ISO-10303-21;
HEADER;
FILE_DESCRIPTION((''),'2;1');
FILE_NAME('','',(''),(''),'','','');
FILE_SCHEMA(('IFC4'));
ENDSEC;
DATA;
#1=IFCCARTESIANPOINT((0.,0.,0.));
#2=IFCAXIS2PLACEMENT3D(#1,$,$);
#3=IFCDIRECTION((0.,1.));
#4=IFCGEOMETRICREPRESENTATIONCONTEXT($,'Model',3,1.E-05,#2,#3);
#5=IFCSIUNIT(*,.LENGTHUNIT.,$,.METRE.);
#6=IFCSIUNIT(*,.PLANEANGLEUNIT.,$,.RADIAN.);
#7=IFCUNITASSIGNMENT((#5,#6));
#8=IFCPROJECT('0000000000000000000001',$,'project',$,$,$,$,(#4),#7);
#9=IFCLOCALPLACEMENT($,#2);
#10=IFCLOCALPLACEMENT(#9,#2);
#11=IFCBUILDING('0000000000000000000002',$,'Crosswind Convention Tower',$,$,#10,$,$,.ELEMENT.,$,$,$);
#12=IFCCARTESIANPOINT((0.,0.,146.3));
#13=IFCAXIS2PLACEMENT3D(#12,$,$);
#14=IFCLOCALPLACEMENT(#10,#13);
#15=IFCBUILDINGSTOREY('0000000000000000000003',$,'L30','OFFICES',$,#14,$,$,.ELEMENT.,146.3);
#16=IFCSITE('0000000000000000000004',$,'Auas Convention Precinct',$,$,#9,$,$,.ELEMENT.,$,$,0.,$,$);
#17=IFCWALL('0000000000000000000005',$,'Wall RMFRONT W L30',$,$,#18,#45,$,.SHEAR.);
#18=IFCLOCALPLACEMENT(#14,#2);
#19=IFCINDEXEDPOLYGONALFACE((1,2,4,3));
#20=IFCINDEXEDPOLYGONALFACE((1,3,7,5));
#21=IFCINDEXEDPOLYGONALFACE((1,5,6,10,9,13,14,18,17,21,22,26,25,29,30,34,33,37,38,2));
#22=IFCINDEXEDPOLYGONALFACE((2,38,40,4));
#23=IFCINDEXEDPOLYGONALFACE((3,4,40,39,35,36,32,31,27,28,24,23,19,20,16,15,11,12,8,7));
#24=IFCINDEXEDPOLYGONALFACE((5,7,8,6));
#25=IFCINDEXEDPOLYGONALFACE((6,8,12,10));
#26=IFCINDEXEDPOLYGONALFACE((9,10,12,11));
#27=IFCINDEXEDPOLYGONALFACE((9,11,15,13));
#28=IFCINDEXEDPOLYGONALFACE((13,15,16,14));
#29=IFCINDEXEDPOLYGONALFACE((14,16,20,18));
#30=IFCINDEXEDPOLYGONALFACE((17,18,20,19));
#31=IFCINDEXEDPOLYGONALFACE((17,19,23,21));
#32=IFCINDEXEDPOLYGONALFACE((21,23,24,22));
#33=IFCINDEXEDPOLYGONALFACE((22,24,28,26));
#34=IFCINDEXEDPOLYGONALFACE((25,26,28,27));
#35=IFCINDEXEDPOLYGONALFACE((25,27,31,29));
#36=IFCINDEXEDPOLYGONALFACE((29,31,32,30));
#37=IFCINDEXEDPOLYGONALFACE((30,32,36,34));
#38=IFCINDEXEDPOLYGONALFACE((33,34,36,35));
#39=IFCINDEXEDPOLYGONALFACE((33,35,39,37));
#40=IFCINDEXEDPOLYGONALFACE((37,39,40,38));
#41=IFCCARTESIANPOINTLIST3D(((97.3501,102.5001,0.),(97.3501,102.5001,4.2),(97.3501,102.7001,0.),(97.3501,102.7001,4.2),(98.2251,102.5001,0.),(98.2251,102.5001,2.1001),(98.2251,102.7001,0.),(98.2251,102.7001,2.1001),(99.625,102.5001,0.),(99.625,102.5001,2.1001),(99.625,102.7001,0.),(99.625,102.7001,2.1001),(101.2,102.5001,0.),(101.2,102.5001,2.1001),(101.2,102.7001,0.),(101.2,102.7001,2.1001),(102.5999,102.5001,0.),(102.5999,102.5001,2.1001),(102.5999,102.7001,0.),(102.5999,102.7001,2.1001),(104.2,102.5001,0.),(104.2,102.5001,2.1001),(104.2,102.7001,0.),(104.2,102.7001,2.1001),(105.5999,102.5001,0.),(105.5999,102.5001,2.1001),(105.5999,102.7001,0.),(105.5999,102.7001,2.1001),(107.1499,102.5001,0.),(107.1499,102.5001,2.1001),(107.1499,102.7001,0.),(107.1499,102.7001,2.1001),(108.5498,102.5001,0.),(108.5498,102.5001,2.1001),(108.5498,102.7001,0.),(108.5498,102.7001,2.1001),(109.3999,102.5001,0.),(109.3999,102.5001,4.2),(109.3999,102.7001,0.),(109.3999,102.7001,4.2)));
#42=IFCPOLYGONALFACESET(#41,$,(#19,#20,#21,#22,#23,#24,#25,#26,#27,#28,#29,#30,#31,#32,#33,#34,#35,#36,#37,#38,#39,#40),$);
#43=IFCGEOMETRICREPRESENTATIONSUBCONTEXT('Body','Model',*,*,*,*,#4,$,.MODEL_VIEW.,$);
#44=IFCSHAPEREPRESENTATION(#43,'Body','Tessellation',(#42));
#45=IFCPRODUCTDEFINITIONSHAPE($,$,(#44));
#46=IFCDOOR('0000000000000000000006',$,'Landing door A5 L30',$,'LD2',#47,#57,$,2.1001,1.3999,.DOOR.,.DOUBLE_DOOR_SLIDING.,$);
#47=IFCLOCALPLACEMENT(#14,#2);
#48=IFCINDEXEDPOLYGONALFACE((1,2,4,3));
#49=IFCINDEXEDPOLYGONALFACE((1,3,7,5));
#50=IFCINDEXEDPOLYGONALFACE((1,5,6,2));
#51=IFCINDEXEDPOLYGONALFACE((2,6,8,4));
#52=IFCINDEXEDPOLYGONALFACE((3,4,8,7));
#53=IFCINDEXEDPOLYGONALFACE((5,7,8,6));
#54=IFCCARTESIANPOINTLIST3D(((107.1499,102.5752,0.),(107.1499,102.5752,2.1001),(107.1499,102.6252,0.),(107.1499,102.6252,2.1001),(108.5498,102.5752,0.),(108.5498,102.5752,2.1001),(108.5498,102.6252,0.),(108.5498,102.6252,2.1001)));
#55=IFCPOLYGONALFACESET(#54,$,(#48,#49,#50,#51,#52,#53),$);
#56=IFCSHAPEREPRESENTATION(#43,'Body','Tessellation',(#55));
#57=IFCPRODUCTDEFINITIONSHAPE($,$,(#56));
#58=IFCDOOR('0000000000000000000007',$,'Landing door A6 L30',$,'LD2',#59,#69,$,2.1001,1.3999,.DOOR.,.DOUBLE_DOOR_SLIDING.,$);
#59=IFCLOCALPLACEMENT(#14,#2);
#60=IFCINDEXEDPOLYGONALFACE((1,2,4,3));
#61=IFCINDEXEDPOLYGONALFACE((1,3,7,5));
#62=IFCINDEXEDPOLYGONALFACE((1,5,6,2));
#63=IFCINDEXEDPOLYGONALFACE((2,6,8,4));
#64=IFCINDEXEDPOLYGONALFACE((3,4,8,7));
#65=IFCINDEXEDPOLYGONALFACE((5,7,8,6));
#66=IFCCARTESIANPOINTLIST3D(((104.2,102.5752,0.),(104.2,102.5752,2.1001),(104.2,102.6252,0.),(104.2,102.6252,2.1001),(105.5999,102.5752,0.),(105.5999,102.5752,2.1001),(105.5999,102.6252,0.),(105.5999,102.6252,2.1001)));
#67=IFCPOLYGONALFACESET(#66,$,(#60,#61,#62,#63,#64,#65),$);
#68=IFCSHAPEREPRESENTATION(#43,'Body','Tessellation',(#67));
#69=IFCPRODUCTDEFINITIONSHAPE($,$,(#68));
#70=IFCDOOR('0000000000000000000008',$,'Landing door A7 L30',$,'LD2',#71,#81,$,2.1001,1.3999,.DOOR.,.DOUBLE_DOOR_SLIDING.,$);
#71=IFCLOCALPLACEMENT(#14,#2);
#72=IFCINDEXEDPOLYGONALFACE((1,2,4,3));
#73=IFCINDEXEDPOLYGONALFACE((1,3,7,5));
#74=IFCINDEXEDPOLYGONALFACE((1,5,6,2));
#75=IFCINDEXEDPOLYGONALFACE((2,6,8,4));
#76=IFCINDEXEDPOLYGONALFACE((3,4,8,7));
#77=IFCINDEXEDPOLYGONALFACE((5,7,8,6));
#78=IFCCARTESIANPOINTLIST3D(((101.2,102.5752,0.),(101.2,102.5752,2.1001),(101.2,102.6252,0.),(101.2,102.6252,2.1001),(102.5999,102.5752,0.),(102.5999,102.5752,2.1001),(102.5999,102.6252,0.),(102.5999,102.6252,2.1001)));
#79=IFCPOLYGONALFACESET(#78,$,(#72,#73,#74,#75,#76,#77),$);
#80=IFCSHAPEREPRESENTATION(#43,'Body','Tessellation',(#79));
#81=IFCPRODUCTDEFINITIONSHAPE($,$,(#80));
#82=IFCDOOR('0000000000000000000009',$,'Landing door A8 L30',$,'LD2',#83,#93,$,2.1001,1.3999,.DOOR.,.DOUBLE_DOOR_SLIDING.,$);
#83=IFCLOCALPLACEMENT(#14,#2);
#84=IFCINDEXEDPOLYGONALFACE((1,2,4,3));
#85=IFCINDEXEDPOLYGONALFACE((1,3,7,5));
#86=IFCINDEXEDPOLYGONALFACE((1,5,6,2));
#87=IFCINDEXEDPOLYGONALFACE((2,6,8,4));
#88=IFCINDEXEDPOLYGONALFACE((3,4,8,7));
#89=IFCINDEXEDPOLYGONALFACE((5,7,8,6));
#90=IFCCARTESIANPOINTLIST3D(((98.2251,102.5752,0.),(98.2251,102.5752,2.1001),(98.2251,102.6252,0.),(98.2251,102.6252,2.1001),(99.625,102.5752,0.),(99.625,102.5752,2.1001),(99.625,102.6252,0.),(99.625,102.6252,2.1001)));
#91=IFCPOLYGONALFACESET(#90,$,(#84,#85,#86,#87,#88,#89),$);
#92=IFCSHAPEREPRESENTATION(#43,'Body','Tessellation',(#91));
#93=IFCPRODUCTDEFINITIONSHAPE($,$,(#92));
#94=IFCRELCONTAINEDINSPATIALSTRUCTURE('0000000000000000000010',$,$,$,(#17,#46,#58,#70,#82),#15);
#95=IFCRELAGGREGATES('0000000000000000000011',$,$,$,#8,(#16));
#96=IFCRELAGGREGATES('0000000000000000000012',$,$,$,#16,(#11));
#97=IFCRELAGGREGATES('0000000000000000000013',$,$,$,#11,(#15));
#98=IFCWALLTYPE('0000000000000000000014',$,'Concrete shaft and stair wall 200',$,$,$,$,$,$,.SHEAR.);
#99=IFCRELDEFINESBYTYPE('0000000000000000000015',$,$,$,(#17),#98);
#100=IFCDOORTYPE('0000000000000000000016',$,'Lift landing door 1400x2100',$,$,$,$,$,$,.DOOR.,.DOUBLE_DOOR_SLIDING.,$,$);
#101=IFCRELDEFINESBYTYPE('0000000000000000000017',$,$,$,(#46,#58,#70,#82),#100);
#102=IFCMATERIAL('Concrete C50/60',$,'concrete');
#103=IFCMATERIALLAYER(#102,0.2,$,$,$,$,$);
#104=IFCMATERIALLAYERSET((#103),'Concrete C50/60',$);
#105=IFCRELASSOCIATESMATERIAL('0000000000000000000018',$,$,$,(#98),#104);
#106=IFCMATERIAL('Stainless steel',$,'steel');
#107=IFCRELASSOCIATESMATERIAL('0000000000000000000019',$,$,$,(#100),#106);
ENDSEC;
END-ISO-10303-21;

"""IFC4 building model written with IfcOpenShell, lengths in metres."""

from ifc_helpers import new_model, si_unit, direction, frame, frame_2d, origin, place, context, subcontext, project, spatial, rectangle, extrude, material, layer, layer_set, type_object, element, fill, save


model = new_model("IFC4")

# Units and contexts
model_context = context("Model", 3, precision=1e-05, world=origin(), true_north=direction((0.0, 1.0)))
body_context = subcontext(model_context, "Body", "Model", "MODEL_VIEW")
ifc_project = project(units=[si_unit("LENGTHUNIT", "METRE"), si_unit("PLANEANGLEUNIT", "RADIAN")], contexts=[model_context])

# Site, building, storey
site_placement = place(None, origin())
site = spatial("IfcSite", under=ifc_project, at=site_placement, Name="Auas Convention Precinct", CompositionType="ELEMENT", RefElevation=0.0)
building_placement = place(site_placement, origin())
building = spatial("IfcBuilding", under=site, at=building_placement, Name="Crosswind Convention Tower", CompositionType="ELEMENT")
storey_placement = place(building_placement, frame((0.0, 0.0, 146.3)))
storey = spatial("IfcBuildingStorey", under=building, at=storey_placement, Name="L30", Description="OFFICES", CompositionType="ELEMENT", Elevation=146.3)

# Shared definitions
ifc_material_1 = material(Name="Concrete C50/60", Category="concrete")
ifc_layer_1 = layer(ifc_material_1, 0.2)
ifc_layer_set_1 = layer_set([ifc_layer_1], Name="Concrete C50/60")
wall_type_1 = type_object("IfcWallType", Name="Concrete shaft and stair wall 200", PredefinedType="SHEAR", material=ifc_layer_set_1)

# Wall, openings, doors
wall_1_placement = place(storey_placement, frame((109.3999, 102.6001, 0.0), z_axis=(0.0, 0.0, 1.0), x_axis=(-1.0, 0.0, 0.0)))
wall_1 = element("IfcWall", 1, at=wall_1_placement, inside=storey, type_object=wall_type_1, Name="Wall RMFRONT W L30", PredefinedType="SHEAR", context=body_context, shape_type="SweptSolid", body=[
    extrude(rectangle(XDim=12.0498, YDim=0.2, at=frame_2d((6.0249, 0.0))), origin(), (0.0, 0.0, 1.0), 4.2),
])
opening_1_placement = place(wall_1_placement, frame((0.8501, 0.0, 0.0)))
opening_1 = element("IfcOpeningElement", 2, at=opening_1_placement, cuts=wall_1, PredefinedType="OPENING", context=body_context, shape_type="SweptSolid", body=[
    extrude(rectangle(XDim=1.3999, YDim=2.1001, at=frame_2d((0.7, 1.05))), frame((0.0, 0.1099, 0.0), z_axis=(0.0, -1.0, 0.0), x_axis=(1.0, 0.0, 0.0)), (0.0, 0.0, 1.0), 0.22),
])
opening_2_placement = place(wall_1_placement, frame((3.8, 0.0, 0.0)))
opening_2 = element("IfcOpeningElement", 3, at=opening_2_placement, cuts=wall_1, PredefinedType="OPENING", context=body_context, shape_type="SweptSolid", body=[
    extrude(rectangle(XDim=1.3999, YDim=2.1001, at=frame_2d((0.7, 1.05))), frame((0.0, 0.1099, 0.0), z_axis=(0.0, -1.0, 0.0), x_axis=(1.0, 0.0, 0.0)), (0.0, 0.0, 1.0), 0.22),
])
opening_3_placement = place(wall_1_placement, frame((6.8, 0.0, 0.0)))
opening_3 = element("IfcOpeningElement", 4, at=opening_3_placement, cuts=wall_1, PredefinedType="OPENING", context=body_context, shape_type="SweptSolid", body=[
    extrude(rectangle(XDim=1.3999, YDim=2.1001, at=frame_2d((0.7, 1.05))), frame((0.0, 0.1099, 0.0), z_axis=(0.0, -1.0, 0.0), x_axis=(1.0, 0.0, 0.0)), (0.0, 0.0, 1.0), 0.22),
])
opening_4_placement = place(wall_1_placement, frame((9.7749, 0.0, 0.0)))
opening_4 = element("IfcOpeningElement", 5, at=opening_4_placement, cuts=wall_1, PredefinedType="OPENING", context=body_context, shape_type="SweptSolid", body=[
    extrude(rectangle(XDim=1.3999, YDim=2.1001, at=frame_2d((0.7, 1.05))), frame((0.0, 0.1099, 0.0), z_axis=(0.0, -1.0, 0.0), x_axis=(1.0, 0.0, 0.0)), (0.0, 0.0, 1.0), 0.22),
])
ifc_material_2 = material(Name="Stainless steel", Category="steel")
door_type_1 = type_object("IfcDoorType", Name="Lift landing door 1400x2100", OperationType="DOUBLE_DOOR_SLIDING", PredefinedType="DOOR", material=ifc_material_2)
door_1_placement = place(opening_1_placement, origin())
door_1 = element("IfcDoor", 6, at=door_1_placement, inside=storey, type_object=door_type_1, Name="Landing door A5 L30", ObjectType="LD2", OperationType="DOUBLE_DOOR_SLIDING", OverallHeight=2.1001, OverallWidth=1.3999, PredefinedType="DOOR", context=body_context, shape_type="SweptSolid", body=[
    extrude(rectangle(XDim=1.3999, YDim=2.1001, at=frame_2d((0.7, 1.05))), frame((0.0, 0.0249, 0.0), z_axis=(0.0, -1.0, 0.0), x_axis=(1.0, 0.0, 0.0)), (0.0, 0.0, 1.0), 0.05),
])
fill(opening_1, door_1)
door_2_placement = place(opening_2_placement, origin())
door_2 = element("IfcDoor", 7, at=door_2_placement, inside=storey, type_object=door_type_1, Name="Landing door A6 L30", ObjectType="LD2", OperationType="DOUBLE_DOOR_SLIDING", OverallHeight=2.1001, OverallWidth=1.3999, PredefinedType="DOOR", context=body_context, shape_type="SweptSolid", body=[
    extrude(rectangle(XDim=1.3999, YDim=2.1001, at=frame_2d((0.7, 1.05))), frame((0.0, 0.0249, 0.0), z_axis=(0.0, -1.0, 0.0), x_axis=(1.0, 0.0, 0.0)), (0.0, 0.0, 1.0), 0.05),
])
fill(opening_2, door_2)
door_3_placement = place(opening_3_placement, origin())
door_3 = element("IfcDoor", 8, at=door_3_placement, inside=storey, type_object=door_type_1, Name="Landing door A7 L30", ObjectType="LD2", OperationType="DOUBLE_DOOR_SLIDING", OverallHeight=2.1001, OverallWidth=1.3999, PredefinedType="DOOR", context=body_context, shape_type="SweptSolid", body=[
    extrude(rectangle(XDim=1.3999, YDim=2.1001, at=frame_2d((0.7, 1.05))), frame((0.0, 0.0249, 0.0), z_axis=(0.0, -1.0, 0.0), x_axis=(1.0, 0.0, 0.0)), (0.0, 0.0, 1.0), 0.05),
])
fill(opening_3, door_3)
door_4_placement = place(opening_4_placement, origin())
door_4 = element("IfcDoor", 9, at=door_4_placement, inside=storey, type_object=door_type_1, Name="Landing door A8 L30", ObjectType="LD2", OperationType="DOUBLE_DOOR_SLIDING", OverallHeight=2.1001, OverallWidth=1.3999, PredefinedType="DOOR", context=body_context, shape_type="SweptSolid", body=[
    extrude(rectangle(XDim=1.3999, YDim=2.1001, at=frame_2d((0.7, 1.05))), frame((0.0, 0.0249, 0.0), z_axis=(0.0, -1.0, 0.0), x_axis=(1.0, 0.0, 0.0)), (0.0, 0.0, 1.0), 0.05),
])
fill(opening_4, door_4)

save(model, "model.ifc")
